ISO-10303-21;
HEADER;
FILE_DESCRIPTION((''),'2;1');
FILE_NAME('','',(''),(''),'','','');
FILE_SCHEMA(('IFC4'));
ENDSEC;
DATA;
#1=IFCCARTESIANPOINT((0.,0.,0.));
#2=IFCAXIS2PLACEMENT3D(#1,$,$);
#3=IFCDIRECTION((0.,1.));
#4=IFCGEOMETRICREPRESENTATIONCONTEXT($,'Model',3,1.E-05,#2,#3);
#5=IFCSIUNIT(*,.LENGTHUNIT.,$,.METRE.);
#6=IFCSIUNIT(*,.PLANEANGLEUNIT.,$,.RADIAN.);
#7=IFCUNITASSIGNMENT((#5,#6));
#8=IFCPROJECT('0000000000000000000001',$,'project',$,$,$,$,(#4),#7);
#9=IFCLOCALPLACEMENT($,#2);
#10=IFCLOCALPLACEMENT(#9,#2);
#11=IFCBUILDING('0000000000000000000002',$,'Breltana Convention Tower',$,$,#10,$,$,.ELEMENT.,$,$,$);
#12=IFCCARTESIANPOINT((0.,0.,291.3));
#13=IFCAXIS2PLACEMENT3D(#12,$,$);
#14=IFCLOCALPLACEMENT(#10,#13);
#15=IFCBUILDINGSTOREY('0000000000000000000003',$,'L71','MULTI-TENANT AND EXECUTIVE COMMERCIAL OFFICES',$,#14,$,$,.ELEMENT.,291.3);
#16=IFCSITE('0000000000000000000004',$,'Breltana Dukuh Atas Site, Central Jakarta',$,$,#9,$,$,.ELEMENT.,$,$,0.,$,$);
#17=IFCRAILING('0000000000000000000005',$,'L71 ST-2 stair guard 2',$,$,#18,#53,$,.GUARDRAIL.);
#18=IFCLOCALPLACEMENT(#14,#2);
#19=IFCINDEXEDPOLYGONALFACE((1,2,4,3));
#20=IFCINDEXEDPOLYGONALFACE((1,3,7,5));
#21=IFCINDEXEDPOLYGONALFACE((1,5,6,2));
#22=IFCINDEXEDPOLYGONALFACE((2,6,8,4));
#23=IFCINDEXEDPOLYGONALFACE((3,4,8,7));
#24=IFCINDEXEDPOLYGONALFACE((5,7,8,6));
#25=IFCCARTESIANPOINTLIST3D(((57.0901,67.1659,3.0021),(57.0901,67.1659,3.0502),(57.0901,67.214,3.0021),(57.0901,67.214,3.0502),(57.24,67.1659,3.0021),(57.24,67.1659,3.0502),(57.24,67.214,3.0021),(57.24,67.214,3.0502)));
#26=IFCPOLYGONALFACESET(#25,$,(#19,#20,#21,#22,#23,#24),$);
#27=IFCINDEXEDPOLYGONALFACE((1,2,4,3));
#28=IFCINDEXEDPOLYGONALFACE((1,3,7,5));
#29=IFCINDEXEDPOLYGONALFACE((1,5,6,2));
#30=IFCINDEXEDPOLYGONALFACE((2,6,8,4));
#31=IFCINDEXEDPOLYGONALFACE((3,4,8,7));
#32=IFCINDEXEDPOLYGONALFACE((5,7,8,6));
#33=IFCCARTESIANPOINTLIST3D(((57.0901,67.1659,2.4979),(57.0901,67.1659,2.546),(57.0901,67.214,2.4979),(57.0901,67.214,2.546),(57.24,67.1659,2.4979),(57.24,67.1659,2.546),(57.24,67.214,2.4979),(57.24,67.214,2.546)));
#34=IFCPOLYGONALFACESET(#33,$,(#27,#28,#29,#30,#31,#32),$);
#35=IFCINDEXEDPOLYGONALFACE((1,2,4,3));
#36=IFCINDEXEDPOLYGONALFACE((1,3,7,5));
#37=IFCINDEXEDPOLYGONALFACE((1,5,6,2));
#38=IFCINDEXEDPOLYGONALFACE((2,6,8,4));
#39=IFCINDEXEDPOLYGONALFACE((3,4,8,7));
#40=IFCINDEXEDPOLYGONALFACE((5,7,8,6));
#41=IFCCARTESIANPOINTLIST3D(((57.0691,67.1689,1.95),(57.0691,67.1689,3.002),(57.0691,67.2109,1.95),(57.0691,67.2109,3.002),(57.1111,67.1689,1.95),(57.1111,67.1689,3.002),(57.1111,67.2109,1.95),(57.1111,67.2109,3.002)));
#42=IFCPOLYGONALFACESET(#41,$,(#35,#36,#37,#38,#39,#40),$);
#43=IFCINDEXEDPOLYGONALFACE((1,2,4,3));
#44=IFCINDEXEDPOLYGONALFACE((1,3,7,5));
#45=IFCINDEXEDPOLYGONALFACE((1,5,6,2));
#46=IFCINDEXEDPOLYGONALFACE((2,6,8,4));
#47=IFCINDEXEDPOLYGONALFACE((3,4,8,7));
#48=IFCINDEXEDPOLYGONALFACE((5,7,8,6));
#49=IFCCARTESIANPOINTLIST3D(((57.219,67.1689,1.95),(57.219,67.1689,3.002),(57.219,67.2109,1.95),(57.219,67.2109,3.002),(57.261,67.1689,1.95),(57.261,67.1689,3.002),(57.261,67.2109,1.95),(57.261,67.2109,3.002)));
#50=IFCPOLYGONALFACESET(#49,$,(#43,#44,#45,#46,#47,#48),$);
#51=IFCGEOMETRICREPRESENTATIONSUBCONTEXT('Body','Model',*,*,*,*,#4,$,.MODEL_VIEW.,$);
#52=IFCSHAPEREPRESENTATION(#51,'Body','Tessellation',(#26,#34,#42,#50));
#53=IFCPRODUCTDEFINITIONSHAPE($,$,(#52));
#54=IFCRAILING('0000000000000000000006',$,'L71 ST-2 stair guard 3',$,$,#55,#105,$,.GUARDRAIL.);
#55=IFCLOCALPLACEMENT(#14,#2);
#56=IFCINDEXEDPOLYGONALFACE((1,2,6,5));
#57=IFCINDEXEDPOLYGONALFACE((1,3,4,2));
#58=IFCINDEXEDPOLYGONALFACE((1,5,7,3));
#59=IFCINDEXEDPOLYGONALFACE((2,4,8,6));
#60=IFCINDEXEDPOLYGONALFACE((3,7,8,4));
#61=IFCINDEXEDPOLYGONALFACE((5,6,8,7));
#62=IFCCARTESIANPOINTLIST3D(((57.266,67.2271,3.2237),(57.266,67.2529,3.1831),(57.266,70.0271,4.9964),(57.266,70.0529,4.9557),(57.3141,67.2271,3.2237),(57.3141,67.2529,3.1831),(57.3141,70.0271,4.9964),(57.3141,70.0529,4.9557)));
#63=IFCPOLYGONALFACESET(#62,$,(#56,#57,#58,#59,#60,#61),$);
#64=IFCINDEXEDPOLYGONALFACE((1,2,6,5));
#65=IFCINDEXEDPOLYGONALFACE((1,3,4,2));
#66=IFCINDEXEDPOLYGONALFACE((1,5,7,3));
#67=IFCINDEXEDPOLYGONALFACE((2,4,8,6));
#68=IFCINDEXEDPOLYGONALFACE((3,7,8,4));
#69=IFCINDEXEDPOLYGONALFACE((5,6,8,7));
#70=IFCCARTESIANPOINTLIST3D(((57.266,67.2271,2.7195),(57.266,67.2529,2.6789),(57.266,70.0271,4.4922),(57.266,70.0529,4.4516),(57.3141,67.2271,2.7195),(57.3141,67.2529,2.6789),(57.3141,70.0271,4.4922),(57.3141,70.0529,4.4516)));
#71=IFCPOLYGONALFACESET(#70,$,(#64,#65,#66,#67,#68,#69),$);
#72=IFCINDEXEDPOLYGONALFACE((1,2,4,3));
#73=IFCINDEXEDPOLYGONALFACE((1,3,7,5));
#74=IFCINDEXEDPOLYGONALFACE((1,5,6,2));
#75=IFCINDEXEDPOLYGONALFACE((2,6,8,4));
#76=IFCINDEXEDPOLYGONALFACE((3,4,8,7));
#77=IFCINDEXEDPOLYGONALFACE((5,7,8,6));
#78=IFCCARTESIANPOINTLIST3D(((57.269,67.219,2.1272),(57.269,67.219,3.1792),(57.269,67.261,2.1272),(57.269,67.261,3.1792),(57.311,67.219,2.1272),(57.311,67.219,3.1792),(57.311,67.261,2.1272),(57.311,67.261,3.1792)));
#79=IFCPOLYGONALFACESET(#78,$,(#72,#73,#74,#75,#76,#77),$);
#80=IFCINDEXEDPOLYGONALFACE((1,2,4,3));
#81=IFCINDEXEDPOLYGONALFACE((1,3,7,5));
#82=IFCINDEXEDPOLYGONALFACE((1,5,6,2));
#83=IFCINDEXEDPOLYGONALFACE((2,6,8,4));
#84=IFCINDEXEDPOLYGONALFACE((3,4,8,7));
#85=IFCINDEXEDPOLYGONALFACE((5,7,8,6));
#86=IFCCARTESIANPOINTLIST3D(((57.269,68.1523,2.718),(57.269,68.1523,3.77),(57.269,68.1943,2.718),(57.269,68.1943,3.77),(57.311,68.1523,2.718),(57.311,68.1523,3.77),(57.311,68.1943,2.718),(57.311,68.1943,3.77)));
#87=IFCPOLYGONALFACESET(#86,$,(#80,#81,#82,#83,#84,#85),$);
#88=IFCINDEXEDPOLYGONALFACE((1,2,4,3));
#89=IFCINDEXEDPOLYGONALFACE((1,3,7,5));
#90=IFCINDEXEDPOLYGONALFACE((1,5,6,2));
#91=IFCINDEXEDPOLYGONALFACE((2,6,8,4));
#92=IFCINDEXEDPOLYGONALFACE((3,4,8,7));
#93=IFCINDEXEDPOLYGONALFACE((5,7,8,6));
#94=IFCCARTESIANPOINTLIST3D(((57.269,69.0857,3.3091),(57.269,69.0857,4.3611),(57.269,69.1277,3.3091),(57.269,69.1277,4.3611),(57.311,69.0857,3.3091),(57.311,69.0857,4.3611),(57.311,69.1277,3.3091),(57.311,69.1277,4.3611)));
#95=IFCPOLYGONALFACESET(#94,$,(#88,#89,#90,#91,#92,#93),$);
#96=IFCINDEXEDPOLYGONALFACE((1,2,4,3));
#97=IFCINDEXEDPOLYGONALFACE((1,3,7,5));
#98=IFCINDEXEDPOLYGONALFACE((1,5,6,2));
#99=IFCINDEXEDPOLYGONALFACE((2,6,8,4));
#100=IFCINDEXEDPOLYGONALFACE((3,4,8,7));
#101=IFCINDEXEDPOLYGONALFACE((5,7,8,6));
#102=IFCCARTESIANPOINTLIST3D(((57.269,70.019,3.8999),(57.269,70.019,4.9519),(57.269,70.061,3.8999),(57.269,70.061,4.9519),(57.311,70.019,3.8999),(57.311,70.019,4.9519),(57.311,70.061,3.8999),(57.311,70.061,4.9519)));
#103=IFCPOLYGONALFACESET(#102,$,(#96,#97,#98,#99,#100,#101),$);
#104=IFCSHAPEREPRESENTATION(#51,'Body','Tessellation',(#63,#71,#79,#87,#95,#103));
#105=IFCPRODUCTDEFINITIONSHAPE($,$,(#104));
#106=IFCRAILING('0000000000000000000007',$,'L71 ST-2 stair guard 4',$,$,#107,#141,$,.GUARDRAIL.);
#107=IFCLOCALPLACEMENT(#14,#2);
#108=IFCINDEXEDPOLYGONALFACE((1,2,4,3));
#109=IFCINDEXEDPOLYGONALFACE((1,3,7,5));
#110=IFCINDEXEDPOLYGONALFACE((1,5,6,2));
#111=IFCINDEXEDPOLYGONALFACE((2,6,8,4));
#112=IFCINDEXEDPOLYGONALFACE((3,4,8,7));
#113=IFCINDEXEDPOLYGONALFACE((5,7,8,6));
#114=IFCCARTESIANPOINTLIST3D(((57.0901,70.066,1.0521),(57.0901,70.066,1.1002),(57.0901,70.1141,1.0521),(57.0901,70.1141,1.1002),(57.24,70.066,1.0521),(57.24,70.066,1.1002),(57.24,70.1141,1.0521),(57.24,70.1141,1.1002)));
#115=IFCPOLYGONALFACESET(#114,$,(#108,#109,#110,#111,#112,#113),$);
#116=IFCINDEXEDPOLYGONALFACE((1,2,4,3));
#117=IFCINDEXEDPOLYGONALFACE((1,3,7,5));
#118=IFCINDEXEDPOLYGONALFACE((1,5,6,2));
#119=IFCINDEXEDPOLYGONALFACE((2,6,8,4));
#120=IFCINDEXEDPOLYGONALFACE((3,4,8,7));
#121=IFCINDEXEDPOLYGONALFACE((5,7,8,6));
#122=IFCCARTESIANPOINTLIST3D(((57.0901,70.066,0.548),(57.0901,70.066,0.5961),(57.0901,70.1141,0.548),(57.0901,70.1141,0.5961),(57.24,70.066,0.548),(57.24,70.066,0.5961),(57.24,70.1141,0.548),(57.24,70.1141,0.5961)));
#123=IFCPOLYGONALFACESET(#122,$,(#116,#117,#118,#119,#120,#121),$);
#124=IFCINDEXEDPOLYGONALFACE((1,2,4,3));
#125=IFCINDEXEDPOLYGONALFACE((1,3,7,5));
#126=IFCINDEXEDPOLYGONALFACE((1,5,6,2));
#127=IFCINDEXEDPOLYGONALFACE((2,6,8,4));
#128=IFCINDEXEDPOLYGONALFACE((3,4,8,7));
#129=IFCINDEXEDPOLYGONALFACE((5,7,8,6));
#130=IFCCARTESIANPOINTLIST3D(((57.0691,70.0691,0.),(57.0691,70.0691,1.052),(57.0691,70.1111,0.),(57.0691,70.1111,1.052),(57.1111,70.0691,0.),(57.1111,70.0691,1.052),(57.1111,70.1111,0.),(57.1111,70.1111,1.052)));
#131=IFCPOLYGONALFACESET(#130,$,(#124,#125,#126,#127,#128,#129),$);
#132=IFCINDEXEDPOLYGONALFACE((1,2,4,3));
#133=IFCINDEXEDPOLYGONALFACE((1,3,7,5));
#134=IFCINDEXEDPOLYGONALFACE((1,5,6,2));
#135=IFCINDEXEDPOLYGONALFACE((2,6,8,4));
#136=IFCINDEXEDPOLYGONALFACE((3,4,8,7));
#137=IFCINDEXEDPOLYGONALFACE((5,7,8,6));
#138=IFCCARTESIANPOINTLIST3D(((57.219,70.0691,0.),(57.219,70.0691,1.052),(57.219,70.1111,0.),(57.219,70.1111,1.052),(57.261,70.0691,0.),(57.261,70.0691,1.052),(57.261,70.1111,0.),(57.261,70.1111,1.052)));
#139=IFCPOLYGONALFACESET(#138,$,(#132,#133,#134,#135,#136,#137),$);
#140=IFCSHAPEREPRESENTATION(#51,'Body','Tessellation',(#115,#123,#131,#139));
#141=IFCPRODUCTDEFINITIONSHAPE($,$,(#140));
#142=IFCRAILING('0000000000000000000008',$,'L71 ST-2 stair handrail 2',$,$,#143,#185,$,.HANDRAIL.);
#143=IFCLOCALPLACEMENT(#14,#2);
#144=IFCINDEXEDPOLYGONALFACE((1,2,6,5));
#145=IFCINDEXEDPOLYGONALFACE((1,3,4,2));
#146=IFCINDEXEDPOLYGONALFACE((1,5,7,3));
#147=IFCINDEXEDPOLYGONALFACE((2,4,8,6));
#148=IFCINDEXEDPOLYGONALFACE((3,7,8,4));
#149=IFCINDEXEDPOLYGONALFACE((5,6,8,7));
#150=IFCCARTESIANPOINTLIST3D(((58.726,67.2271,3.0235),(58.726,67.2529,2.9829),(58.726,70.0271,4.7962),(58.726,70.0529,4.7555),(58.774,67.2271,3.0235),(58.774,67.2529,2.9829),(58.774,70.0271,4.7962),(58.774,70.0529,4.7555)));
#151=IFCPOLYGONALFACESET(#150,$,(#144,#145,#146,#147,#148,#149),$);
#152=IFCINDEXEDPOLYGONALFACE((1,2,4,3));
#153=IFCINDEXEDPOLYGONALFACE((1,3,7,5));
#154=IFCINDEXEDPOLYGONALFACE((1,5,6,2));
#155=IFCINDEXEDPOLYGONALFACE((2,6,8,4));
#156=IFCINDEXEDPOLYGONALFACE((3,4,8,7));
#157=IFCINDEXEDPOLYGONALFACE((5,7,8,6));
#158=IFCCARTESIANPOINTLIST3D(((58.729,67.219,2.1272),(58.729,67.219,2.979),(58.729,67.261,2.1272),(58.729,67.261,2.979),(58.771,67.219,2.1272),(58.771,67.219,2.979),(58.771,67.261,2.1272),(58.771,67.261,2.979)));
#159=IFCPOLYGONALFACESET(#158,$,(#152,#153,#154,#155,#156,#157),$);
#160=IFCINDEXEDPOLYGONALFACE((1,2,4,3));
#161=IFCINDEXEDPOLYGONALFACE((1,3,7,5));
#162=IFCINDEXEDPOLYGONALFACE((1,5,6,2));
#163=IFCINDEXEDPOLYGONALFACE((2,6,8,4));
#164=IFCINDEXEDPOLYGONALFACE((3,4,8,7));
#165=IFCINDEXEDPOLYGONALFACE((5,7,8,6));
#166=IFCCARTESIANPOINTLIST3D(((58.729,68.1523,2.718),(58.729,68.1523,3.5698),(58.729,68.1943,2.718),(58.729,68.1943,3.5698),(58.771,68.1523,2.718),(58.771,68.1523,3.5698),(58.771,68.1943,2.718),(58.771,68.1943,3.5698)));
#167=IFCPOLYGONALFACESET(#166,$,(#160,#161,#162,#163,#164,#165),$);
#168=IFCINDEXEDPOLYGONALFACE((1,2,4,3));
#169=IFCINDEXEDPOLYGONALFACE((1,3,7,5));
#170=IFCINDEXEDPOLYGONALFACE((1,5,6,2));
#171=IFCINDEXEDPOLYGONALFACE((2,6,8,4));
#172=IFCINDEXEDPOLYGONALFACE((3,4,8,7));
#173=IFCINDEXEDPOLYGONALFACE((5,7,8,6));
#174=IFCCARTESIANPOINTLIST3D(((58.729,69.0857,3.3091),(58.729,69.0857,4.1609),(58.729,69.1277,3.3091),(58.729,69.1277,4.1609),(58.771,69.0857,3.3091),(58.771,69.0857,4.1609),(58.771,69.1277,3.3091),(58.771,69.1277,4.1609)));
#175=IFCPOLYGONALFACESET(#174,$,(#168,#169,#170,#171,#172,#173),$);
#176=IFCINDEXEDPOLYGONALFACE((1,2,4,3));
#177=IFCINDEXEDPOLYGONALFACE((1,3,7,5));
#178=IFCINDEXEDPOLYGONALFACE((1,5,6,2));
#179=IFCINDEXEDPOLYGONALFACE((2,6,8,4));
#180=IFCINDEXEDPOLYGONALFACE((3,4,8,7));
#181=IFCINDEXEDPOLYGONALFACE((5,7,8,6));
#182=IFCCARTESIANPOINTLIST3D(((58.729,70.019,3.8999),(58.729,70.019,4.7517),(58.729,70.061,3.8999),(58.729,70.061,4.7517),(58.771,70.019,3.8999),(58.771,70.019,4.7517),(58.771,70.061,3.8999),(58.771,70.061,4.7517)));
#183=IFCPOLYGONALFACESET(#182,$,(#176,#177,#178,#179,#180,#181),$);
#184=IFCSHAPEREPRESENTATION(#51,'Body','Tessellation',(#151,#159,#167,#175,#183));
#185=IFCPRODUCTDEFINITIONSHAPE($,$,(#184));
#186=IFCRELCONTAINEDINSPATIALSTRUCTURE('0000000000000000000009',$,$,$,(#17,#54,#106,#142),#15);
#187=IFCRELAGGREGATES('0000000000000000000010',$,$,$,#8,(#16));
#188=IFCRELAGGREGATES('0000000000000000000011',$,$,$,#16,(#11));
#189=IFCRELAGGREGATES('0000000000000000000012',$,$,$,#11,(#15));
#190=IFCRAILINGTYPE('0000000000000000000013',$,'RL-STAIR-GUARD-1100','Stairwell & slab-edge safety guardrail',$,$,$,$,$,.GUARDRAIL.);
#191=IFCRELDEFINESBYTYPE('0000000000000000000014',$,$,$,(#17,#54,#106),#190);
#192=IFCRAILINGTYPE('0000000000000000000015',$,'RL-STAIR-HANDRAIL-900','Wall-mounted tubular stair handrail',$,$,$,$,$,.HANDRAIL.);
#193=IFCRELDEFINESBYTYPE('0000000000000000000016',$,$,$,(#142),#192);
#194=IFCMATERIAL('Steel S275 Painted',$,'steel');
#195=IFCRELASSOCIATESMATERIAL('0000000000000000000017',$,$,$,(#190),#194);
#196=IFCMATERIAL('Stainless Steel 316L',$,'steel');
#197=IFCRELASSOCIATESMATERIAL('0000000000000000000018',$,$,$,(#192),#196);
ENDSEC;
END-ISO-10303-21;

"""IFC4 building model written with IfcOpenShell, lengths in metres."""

from ifc_helpers import new_model, si_unit, direction, frame, origin, origin_2d, place, context, subcontext, project, spatial, rectangle, extrude, material, type_object, element, save


model = new_model("IFC4")

# Units and contexts
model_context = context("Model", 3, precision=1e-05, world=origin(), true_north=direction((0.0, 1.0)))
body_context = subcontext(model_context, "Body", "Model", "MODEL_VIEW")
ifc_project = project(units=[si_unit("LENGTHUNIT", "METRE"), si_unit("PLANEANGLEUNIT", "RADIAN")], contexts=[model_context])

# Site, building, storey
site_placement = place(None, origin())
site = spatial("IfcSite", under=ifc_project, at=site_placement, Name="Breltana Dukuh Atas Site, Central Jakarta", CompositionType="ELEMENT", RefElevation=0.0)
building_placement = place(site_placement, origin())
building = spatial("IfcBuilding", under=site, at=building_placement, Name="Breltana Convention Tower", CompositionType="ELEMENT")
storey_placement = place(building_placement, frame((0.0, 0.0, 291.3)))
storey = spatial("IfcBuildingStorey", under=building, at=storey_placement, Name="L71", Description="MULTI-TENANT AND EXECUTIVE COMMERCIAL OFFICES", CompositionType="ELEMENT", Elevation=291.3)

# Railings
ifc_material_1 = material(Name="Steel S275 Painted", Category="steel")
railing_type_1 = type_object("IfcRailingType", Name="RL-STAIR-GUARD-1100", Description="Stairwell & slab-edge safety guardrail", PredefinedType="GUARDRAIL", material=ifc_material_1)
railing_1_placement = place(storey_placement, frame((57.0901, 67.1899, 1.95)))
element("IfcRailing", 1, at=railing_1_placement, inside=storey, type_object=railing_type_1, Name="L71 ST-2 stair guard 2", PredefinedType="GUARDRAIL", context=body_context, shape_type="SweptSolid", body=[
    extrude(rectangle(XDim=0.0481, YDim=0.0481, at=origin_2d()), frame((0.0, 0.0, 1.0762), z_axis=(1.0, 0.0, 0.0), x_axis=(0.0, 1.0, 0.0)), (0.0, 0.0, 1.0), 0.1499),
    extrude(rectangle(XDim=0.0481, YDim=0.0481, at=origin_2d()), frame((0.0, 0.0, 0.572), z_axis=(1.0, 0.0, 0.0), x_axis=(0.0, 1.0, 0.0)), (0.0, 0.0, 1.0), 0.1499),
    extrude(rectangle(XDim=0.042, YDim=0.042, at=origin_2d()), origin(), (0.0, 0.0, 1.0), 1.052),
    extrude(rectangle(XDim=0.042, YDim=0.042, at=origin_2d()), frame((0.1499, 0.0, 0.0)), (0.0, 0.0, 1.0), 1.052),
])
railing_2_placement = place(storey_placement, frame((57.29, 67.24, 2.1272)))
element("IfcRailing", 2, at=railing_2_placement, inside=storey, type_object=railing_type_1, Name="L71 ST-2 stair guard 3", PredefinedType="GUARDRAIL", context=body_context, shape_type="SweptSolid", body=[
    extrude(rectangle(XDim=0.0481, YDim=0.0481, at=origin_2d()), frame((0.0, 0.0, 1.0762), z_axis=(0.0, 0.844909, 0.53491), x_axis=(-1.0, 0.0, 0.0)), (0.0, 0.0, 1.0), 3.314),
    extrude(rectangle(XDim=0.0481, YDim=0.0481, at=origin_2d()), frame((0.0, 0.0, 0.572), z_axis=(0.0, 0.844909, 0.53491), x_axis=(-1.0, 0.0, 0.0)), (0.0, 0.0, 1.0), 3.314),
    extrude(rectangle(XDim=0.042, YDim=0.042, at=origin_2d()), origin(), (0.0, 0.0, 1.0), 1.052),
    extrude(rectangle(XDim=0.042, YDim=0.042, at=origin_2d()), frame((0.0, 0.9333, 0.5908)), (0.0, 0.0, 1.0), 1.052),
    extrude(rectangle(XDim=0.042, YDim=0.042, at=origin_2d()), frame((0.0, 1.8667, 1.1819)), (0.0, 0.0, 1.0), 1.052),
    extrude(rectangle(XDim=0.042, YDim=0.042, at=origin_2d()), frame((0.0, 2.8, 1.7727)), (0.0, 0.0, 1.0), 1.052),
])
railing_3_placement = place(storey_placement, frame((57.0901, 70.0901, 0.0)))
element("IfcRailing", 3, at=railing_3_placement, inside=storey, type_object=railing_type_1, Name="L71 ST-2 stair guard 4", PredefinedType="GUARDRAIL", context=body_context, shape_type="SweptSolid", body=[
    extrude(rectangle(XDim=0.0481, YDim=0.0481, at=origin_2d()), frame((0.0, 0.0, 1.0762), z_axis=(1.0, 0.0, 0.0), x_axis=(0.0, 1.0, 0.0)), (0.0, 0.0, 1.0), 0.1499),
    extrude(rectangle(XDim=0.0481, YDim=0.0481, at=origin_2d()), frame((0.0, 0.0, 0.572), z_axis=(1.0, 0.0, 0.0), x_axis=(0.0, 1.0, 0.0)), (0.0, 0.0, 1.0), 0.1499),
    extrude(rectangle(XDim=0.042, YDim=0.042, at=origin_2d()), origin(), (0.0, 0.0, 1.0), 1.052),
    extrude(rectangle(XDim=0.042, YDim=0.042, at=origin_2d()), frame((0.1499, 0.0, 0.0)), (0.0, 0.0, 1.0), 1.052),
])
ifc_material_2 = material(Name="Stainless Steel 316L", Category="steel")
railing_type_2 = type_object("IfcRailingType", Name="RL-STAIR-HANDRAIL-900", Description="Wall-mounted tubular stair handrail", PredefinedType="HANDRAIL", material=ifc_material_2)
railing_4_placement = place(storey_placement, frame((58.75, 67.24, 2.1272)))
element("IfcRailing", 4, at=railing_4_placement, inside=storey, type_object=railing_type_2, Name="L71 ST-2 stair handrail 2", PredefinedType="HANDRAIL", context=body_context, shape_type="SweptSolid", body=[
    extrude(rectangle(XDim=0.0481, YDim=0.0481, at=origin_2d()), frame((0.0, 0.0, 0.876), z_axis=(0.0, 0.844909, 0.53491), x_axis=(-1.0, 0.0, 0.0)), (0.0, 0.0, 1.0), 3.314),
    extrude(rectangle(XDim=0.042, YDim=0.042, at=origin_2d()), origin(), (0.0, 0.0, 1.0), 0.8518),
    extrude(rectangle(XDim=0.042, YDim=0.042, at=origin_2d()), frame((0.0, 0.9333, 0.5908)), (0.0, 0.0, 1.0), 0.8518),
    extrude(rectangle(XDim=0.042, YDim=0.042, at=origin_2d()), frame((0.0, 1.8667, 1.1819)), (0.0, 0.0, 1.0), 0.8518),
    extrude(rectangle(XDim=0.042, YDim=0.042, at=origin_2d()), frame((0.0, 2.8, 1.7727)), (0.0, 0.0, 1.0), 0.8518),
])

save(model, "model.ifc")
